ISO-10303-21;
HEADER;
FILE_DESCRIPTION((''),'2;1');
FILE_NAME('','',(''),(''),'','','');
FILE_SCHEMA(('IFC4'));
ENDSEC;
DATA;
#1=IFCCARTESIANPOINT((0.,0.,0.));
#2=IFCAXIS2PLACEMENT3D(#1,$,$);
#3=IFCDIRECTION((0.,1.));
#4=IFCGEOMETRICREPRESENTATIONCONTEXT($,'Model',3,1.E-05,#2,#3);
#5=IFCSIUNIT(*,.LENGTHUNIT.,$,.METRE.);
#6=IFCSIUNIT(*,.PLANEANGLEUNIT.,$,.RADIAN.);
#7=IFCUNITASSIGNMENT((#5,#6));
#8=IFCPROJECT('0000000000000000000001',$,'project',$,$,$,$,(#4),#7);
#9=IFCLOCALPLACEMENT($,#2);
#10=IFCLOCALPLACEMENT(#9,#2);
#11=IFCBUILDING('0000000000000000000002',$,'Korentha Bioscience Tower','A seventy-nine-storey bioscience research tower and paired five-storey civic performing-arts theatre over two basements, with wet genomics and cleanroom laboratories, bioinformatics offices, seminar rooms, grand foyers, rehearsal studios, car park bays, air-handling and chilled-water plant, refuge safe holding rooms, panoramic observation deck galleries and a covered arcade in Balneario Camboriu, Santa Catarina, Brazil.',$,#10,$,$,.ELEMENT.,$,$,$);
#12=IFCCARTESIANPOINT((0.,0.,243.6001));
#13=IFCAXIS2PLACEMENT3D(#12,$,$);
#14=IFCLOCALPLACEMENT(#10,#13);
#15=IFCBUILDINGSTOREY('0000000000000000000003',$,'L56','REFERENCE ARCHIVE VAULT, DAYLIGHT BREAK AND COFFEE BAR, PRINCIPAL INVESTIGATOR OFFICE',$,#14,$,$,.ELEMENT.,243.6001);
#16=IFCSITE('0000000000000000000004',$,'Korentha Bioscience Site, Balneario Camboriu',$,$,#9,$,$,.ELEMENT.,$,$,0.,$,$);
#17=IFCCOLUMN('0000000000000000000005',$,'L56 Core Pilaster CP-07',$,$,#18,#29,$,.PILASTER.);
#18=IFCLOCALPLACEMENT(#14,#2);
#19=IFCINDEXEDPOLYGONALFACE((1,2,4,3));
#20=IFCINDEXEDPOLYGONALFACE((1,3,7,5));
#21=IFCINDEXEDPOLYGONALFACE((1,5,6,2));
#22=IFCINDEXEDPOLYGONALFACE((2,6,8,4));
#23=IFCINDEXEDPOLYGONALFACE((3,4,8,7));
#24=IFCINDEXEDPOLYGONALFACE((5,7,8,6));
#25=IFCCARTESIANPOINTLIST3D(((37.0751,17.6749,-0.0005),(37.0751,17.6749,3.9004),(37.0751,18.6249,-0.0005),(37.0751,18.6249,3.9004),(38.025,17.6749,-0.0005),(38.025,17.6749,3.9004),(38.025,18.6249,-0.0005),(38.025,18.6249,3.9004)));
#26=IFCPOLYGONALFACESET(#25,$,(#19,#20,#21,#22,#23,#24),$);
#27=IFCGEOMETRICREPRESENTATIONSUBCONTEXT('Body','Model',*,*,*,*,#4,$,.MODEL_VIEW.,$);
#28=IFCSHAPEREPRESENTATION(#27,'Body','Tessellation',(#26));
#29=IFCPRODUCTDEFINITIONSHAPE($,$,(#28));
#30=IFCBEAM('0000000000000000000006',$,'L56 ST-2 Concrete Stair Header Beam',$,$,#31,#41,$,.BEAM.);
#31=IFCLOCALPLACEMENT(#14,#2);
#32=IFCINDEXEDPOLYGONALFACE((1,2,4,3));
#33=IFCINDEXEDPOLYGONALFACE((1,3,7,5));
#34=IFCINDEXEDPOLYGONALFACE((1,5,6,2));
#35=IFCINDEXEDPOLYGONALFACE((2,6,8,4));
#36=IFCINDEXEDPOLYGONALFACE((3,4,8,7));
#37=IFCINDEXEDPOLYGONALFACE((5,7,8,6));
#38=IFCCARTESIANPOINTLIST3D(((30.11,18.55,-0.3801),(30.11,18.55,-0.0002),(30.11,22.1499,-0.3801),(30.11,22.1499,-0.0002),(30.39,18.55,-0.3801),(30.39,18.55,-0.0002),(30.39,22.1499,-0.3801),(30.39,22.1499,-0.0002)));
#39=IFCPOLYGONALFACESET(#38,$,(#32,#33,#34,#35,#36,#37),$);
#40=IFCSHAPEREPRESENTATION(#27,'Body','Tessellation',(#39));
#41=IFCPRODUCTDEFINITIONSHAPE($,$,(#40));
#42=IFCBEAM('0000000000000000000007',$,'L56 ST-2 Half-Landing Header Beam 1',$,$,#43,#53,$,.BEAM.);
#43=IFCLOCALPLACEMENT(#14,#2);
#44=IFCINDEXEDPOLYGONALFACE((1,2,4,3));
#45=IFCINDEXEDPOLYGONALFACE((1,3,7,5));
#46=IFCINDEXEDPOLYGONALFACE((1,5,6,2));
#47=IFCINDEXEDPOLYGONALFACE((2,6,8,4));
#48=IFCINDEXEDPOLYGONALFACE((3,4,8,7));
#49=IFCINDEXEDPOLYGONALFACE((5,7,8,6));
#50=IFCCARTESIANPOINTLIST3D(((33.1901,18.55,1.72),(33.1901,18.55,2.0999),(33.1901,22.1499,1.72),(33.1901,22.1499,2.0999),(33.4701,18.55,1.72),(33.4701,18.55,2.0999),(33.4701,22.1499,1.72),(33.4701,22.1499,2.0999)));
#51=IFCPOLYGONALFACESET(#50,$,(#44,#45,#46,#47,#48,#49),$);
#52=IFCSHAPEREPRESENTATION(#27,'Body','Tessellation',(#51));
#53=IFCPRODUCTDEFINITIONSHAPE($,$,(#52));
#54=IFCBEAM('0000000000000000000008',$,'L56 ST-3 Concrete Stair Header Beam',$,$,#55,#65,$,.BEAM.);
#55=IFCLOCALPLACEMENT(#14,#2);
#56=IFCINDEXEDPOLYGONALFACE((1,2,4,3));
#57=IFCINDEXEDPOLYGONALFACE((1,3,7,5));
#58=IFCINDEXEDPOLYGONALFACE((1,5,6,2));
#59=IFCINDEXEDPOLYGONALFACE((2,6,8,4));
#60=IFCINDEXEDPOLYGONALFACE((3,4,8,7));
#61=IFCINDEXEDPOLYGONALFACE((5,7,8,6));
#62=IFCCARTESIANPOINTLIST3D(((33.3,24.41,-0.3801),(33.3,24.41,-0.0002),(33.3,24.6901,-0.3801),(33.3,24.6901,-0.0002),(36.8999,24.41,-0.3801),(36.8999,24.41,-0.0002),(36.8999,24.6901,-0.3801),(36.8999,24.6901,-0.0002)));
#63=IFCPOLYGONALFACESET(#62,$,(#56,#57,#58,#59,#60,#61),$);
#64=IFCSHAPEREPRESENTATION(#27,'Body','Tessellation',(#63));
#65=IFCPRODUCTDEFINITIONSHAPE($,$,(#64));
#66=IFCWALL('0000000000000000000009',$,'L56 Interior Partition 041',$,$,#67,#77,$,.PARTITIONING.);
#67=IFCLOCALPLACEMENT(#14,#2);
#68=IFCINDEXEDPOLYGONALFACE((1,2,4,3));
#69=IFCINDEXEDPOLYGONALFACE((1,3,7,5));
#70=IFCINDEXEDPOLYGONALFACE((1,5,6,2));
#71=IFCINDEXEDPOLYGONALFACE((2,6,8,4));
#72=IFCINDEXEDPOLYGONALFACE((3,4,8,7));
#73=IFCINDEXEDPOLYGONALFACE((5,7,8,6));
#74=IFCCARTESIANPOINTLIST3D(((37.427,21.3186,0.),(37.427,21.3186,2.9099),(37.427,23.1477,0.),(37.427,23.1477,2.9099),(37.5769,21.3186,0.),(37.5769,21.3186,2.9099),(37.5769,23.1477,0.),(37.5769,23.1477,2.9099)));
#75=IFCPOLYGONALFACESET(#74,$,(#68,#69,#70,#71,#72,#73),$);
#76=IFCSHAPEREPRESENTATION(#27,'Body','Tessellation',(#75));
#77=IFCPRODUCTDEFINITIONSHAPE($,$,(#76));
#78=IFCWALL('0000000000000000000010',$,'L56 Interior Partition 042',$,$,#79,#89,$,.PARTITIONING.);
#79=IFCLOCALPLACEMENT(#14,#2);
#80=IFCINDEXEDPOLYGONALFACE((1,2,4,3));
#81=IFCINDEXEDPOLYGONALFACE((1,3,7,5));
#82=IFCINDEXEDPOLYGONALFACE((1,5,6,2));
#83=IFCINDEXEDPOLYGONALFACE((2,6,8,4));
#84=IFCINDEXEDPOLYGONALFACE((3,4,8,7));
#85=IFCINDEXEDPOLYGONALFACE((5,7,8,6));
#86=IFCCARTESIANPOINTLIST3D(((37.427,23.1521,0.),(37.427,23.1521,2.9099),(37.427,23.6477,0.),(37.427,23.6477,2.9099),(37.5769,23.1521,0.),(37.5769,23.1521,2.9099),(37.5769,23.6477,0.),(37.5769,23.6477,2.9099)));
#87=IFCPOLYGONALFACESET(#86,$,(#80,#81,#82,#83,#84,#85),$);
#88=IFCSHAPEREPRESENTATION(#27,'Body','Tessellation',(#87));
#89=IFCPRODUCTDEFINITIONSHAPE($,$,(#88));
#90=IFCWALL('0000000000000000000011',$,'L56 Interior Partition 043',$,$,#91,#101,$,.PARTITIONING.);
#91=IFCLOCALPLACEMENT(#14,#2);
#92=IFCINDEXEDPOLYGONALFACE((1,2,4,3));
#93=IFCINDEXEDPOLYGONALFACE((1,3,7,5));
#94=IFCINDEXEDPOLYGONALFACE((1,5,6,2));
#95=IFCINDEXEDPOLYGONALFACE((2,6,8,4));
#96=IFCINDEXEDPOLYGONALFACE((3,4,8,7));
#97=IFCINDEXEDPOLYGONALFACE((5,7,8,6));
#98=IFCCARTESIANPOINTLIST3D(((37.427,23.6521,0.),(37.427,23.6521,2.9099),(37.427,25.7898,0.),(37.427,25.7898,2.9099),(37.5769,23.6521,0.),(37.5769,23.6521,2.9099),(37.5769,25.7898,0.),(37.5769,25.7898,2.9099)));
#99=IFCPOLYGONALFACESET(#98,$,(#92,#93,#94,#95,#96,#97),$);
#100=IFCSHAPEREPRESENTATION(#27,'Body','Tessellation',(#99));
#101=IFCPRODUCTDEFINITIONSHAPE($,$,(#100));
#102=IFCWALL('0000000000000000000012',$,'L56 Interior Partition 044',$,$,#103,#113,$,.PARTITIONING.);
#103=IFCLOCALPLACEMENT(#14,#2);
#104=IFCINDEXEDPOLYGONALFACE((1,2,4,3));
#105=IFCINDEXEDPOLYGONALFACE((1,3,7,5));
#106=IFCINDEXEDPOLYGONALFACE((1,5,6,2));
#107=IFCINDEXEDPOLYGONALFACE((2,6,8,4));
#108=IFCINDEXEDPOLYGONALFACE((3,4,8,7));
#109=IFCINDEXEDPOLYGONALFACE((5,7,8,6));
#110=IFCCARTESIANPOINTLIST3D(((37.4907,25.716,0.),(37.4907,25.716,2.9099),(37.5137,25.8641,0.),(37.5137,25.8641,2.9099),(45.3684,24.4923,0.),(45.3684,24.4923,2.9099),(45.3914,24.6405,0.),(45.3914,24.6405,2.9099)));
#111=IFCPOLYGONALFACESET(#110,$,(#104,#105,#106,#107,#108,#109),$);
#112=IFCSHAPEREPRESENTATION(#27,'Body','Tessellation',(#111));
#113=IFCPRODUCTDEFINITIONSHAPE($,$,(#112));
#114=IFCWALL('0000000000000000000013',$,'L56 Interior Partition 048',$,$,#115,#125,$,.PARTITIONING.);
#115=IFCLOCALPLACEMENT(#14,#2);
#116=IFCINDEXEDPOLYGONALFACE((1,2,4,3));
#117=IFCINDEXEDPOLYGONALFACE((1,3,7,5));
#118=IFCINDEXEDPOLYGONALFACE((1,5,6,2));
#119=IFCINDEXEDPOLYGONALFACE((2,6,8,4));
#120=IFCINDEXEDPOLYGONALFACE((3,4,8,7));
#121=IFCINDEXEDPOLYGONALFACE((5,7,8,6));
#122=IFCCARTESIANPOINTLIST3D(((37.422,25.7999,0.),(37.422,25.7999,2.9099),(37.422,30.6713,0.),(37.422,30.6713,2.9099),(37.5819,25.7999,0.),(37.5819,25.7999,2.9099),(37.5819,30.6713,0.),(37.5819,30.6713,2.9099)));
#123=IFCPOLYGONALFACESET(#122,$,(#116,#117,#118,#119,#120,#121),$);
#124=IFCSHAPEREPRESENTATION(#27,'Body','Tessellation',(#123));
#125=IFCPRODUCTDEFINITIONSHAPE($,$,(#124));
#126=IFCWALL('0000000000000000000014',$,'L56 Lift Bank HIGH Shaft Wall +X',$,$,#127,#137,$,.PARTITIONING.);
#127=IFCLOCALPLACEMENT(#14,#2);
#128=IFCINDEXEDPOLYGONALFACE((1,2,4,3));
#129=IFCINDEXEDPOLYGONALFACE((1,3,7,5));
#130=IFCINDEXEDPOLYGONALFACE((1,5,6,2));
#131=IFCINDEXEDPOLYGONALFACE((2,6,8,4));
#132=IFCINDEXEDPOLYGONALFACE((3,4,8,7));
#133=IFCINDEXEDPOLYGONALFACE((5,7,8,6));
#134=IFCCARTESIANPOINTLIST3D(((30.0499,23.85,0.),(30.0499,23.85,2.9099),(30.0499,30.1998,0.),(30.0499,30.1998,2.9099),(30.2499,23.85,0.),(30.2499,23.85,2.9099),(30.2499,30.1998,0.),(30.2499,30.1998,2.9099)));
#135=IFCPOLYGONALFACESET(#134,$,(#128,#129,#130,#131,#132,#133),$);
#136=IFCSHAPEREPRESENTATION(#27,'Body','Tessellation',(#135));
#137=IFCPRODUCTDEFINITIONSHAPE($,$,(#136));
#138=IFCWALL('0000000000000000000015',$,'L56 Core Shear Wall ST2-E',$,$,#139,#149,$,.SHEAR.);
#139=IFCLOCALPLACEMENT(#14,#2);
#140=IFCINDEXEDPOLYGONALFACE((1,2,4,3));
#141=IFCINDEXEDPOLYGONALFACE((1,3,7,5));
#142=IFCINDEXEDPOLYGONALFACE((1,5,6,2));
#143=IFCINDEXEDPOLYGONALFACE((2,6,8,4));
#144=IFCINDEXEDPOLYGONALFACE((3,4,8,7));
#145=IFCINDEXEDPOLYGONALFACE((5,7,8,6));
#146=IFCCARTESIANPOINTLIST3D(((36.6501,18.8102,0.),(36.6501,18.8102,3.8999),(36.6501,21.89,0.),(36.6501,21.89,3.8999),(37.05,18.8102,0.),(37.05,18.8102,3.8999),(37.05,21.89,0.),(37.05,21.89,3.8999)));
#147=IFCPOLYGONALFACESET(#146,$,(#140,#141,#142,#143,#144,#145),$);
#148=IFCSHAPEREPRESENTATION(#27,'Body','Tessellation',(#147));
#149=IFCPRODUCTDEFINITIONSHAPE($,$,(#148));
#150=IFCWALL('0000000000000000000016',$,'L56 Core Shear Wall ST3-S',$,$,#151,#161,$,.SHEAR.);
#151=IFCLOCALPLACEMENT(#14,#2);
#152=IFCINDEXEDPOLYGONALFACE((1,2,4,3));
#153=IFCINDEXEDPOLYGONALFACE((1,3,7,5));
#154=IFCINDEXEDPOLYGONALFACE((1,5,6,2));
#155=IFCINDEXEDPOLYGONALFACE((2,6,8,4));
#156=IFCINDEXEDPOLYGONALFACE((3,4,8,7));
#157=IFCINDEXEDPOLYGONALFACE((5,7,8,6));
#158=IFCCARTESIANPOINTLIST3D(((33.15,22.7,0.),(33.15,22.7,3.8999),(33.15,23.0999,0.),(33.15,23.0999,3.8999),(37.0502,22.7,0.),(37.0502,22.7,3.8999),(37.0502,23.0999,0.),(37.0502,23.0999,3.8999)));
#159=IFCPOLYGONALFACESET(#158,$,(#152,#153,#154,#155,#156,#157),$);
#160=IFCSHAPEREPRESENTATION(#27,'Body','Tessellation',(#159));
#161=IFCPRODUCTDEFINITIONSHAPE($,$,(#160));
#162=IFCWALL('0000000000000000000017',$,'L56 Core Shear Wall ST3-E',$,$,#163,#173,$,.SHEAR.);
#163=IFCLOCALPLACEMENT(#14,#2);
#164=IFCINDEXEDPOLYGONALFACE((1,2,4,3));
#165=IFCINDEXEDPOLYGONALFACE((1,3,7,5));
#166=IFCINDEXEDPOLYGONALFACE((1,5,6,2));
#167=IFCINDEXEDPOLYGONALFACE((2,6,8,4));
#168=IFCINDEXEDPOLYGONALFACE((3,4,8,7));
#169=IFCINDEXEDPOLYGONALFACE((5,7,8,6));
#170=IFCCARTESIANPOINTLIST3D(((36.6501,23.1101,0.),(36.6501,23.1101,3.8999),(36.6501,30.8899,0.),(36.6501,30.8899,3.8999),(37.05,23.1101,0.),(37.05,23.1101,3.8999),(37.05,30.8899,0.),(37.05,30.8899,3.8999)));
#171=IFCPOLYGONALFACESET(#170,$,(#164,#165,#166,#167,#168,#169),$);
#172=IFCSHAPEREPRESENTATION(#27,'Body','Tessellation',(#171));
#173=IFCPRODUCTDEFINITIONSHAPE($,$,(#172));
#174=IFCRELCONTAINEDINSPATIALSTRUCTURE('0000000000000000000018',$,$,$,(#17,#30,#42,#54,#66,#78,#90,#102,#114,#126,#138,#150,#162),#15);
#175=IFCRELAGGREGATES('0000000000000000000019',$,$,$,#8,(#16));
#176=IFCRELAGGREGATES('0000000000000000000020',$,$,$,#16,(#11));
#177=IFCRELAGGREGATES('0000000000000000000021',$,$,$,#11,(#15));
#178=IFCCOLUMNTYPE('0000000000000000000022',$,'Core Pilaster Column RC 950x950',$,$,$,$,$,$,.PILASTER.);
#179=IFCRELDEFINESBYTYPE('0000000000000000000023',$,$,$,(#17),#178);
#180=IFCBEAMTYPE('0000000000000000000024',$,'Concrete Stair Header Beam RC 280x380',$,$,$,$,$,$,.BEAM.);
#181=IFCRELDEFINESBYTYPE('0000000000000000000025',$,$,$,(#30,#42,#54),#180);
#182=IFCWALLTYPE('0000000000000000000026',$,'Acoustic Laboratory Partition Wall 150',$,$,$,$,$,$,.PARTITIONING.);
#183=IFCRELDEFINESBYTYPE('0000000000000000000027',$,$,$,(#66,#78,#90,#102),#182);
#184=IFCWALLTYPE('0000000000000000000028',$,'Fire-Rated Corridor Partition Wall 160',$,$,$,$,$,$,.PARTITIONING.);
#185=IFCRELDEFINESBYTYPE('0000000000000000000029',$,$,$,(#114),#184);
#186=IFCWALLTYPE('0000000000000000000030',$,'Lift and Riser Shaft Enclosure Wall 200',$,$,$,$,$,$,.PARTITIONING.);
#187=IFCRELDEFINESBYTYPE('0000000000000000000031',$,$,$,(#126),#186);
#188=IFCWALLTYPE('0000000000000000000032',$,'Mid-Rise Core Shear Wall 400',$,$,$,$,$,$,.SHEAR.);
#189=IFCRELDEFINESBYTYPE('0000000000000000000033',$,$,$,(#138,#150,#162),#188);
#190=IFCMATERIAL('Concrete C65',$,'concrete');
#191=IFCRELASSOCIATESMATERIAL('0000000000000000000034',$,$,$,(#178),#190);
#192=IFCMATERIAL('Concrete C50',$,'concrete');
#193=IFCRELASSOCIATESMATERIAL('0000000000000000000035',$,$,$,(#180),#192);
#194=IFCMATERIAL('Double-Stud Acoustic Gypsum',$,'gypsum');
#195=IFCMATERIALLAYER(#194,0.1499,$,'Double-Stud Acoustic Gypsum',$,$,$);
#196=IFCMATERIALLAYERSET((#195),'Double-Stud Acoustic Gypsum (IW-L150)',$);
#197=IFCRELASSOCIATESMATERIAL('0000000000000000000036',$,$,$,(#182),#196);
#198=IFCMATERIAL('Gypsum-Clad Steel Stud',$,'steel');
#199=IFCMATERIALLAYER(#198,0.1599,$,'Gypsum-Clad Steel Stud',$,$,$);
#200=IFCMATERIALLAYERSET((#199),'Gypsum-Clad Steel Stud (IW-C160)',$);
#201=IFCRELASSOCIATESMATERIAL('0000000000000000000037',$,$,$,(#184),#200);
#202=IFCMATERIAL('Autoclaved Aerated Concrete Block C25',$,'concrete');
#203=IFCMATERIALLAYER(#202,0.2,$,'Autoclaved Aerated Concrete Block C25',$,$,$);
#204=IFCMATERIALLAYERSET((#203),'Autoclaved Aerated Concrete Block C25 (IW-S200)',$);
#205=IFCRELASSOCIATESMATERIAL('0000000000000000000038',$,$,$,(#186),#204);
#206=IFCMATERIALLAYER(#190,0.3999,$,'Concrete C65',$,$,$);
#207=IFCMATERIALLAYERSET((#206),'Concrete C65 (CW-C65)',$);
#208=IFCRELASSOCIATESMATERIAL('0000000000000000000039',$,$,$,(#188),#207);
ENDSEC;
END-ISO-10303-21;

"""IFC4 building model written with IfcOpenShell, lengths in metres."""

from ifc_helpers import new_model, si_unit, direction, frame, frame_2d, origin, origin_2d, place, context, subcontext, project, spatial, rectangle, extrude, material, layer, layer_set, material_profile, profile_set, type_object, element, save


model = new_model("IFC4")

# Units and contexts
model_context = context("Model", 3, precision=1e-05, world=origin(), true_north=direction((0.0, 1.0)))
body_context = subcontext(model_context, "Body", "Model", "MODEL_VIEW")
ifc_project = project(units=[si_unit("LENGTHUNIT", "METRE"), si_unit("PLANEANGLEUNIT", "RADIAN")], contexts=[model_context])

# Site, building, storey
site_placement = place(None, origin())
site = spatial("IfcSite", under=ifc_project, at=site_placement, Name="Korentha Bioscience Site, Balneario Camboriu", CompositionType="ELEMENT", RefElevation=0.0)
building_placement = place(site_placement, origin())
building = spatial("IfcBuilding", under=site, at=building_placement, Name="Korentha Bioscience Tower", Description="A seventy-nine-storey bioscience research tower and paired five-storey civic performing-arts theatre over two basements, with wet genomics and cleanroom laboratories, bioinformatics offices, seminar rooms, grand foyers, rehearsal studios, car park bays, air-handling and chilled-water plant, refuge safe holding rooms, panoramic observation deck galleries and a covered arcade in Balneario Camboriu, Santa Catarina, Brazil.", CompositionType="ELEMENT")
storey_placement = place(building_placement, frame((0.0, 0.0, 243.6001)))
storey = spatial("IfcBuildingStorey", under=building, at=storey_placement, Name="L56", Description="REFERENCE ARCHIVE VAULT, DAYLIGHT BREAK AND COFFEE BAR, PRINCIPAL INVESTIGATOR OFFICE", CompositionType="ELEMENT", Elevation=243.6001)

# Column
ifc_material_1 = material(Name="Concrete C65", Category="concrete")
ifc_material_profile_1 = material_profile(ifc_material_1, rectangle(XDim=0.95, YDim=0.95, at=origin_2d()), Name="Concrete C65")
ifc_profile_set_1 = profile_set([ifc_material_profile_1], Name="Concrete C65 (COL-CP09)")
column_type = type_object("IfcColumnType", Name="Core Pilaster Column RC 950x950", PredefinedType="PILASTER", material=ifc_profile_set_1)
column_placement = place(storey_placement, frame((37.55, 18.1499, -0.0005), z_axis=(0.0, 0.0, 1.0), x_axis=(1.0, 0.0, 0.0)))
element("IfcColumn", 1, at=column_placement, inside=storey, type_object=column_type, Name="L56 Core Pilaster CP-07", PredefinedType="PILASTER", context=body_context, shape_type="SweptSolid", body=[
    extrude(rectangle(XDim=0.95, YDim=0.95, at=origin_2d()), origin(), (0.0, 0.0, 1.0), 3.9009),
])

# Beams
ifc_material_2 = material(Name="Concrete C50", Category="concrete")
ifc_material_profile_2 = material_profile(ifc_material_2, rectangle(XDim=0.28, YDim=0.3799, at=origin_2d()), Name="Concrete C50")
ifc_profile_set_2 = profile_set([ifc_material_profile_2], Name="Concrete C50 (ST-HB380)")
beam_type = type_object("IfcBeamType", Name="Concrete Stair Header Beam RC 280x380", PredefinedType="BEAM", material=ifc_profile_set_2)
for number, where, z_axis, x_axis, name in (
    (2, (30.25, 18.55, -0.1902), (0.0, 1.0, 0.0), (-1.0, 0.0, 0.0), "L56 ST-2 Concrete Stair Header Beam"),
    (3, (33.3301, 18.55, 1.9099), (0.0, 1.0, 0.0), (-1.0, 0.0, 0.0), "L56 ST-2 Half-Landing Header Beam 1"),
    (4, (36.8999, 24.55, -0.1902), (-1.0, 0.0, 0.0), (0.0, -1.0, 0.0), "L56 ST-3 Concrete Stair Header Beam"),
):
    element("IfcBeam", number, at=place(storey_placement, frame(where, z_axis=z_axis, x_axis=x_axis)), inside=storey, type_object=beam_type, Name=name, PredefinedType="BEAM", context=body_context, shape_type="SweptSolid", body=[
        extrude(rectangle(XDim=0.28, YDim=0.3799, at=origin_2d()), origin(), (0.0, 0.0, 1.0), 3.5999),
    ])

# Walls
ifc_material_3 = material(Name="Double-Stud Acoustic Gypsum", Category="gypsum")
ifc_layer_1 = layer(ifc_material_3, 0.1499, Name="Double-Stud Acoustic Gypsum")
ifc_layer_set_1 = layer_set([ifc_layer_1], Name="Double-Stud Acoustic Gypsum (IW-L150)")
wall_type_1 = type_object("IfcWallType", Name="Acoustic Laboratory Partition Wall 150", PredefinedType="PARTITIONING", material=ifc_layer_set_1)
wall_1_placement = place(storey_placement, frame((37.502, 21.3186, 0.0), z_axis=(0.0, 0.0, 1.0), x_axis=(0.0, 1.0, 0.0)))
element("IfcWall", 5, at=wall_1_placement, inside=storey, type_object=wall_type_1, Name="L56 Interior Partition 041", PredefinedType="PARTITIONING", context=body_context, shape_type="SweptSolid", body=[
    extrude(rectangle(XDim=1.8291, YDim=0.1499, at=frame_2d((0.9146, 0.0))), origin(), (0.0, 0.0, 1.0), 2.9099),
])
wall_2_placement = place(storey_placement, frame((37.502, 23.1521, 0.0), z_axis=(0.0, 0.0, 1.0), x_axis=(0.0, 1.0, 0.0)))
element("IfcWall", 6, at=wall_2_placement, inside=storey, type_object=wall_type_1, Name="L56 Interior Partition 042", PredefinedType="PARTITIONING", context=body_context, shape_type="SweptSolid", body=[
    extrude(rectangle(XDim=0.4956, YDim=0.1499, at=frame_2d((0.2478, 0.0))), origin(), (0.0, 0.0, 1.0), 2.9099),
])
wall_3_placement = place(storey_placement, frame((37.502, 23.6521, 0.0), z_axis=(0.0, 0.0, 1.0), x_axis=(0.0, 1.0, 0.0)))
element("IfcWall", 7, at=wall_3_placement, inside=storey, type_object=wall_type_1, Name="L56 Interior Partition 043", PredefinedType="PARTITIONING", context=body_context, shape_type="SweptSolid", body=[
    extrude(rectangle(XDim=2.1377, YDim=0.1499, at=frame_2d((1.0688, 0.0))), origin(), (0.0, 0.0, 1.0), 2.9099),
])
wall_4_placement = place(storey_placement, frame((37.5022, 25.79, 0.0), z_axis=(0.0, 0.0, 1.0), x_axis=(0.98815, -0.153488, 0.0)))
element("IfcWall", 8, at=wall_4_placement, inside=storey, type_object=wall_type_1, Name="L56 Interior Partition 044", PredefinedType="PARTITIONING", context=body_context, shape_type="SweptSolid", body=[
    extrude(rectangle(XDim=7.9722, YDim=0.1499, at=frame_2d((3.9861, 0.0))), origin(), (0.0, 0.0, 1.0), 2.9099),
])
ifc_material_4 = material(Name="Gypsum-Clad Steel Stud", Category="steel")
ifc_layer_2 = layer(ifc_material_4, 0.1599, Name="Gypsum-Clad Steel Stud")
ifc_layer_set_2 = layer_set([ifc_layer_2], Name="Gypsum-Clad Steel Stud (IW-C160)")
wall_type_2 = type_object("IfcWallType", Name="Fire-Rated Corridor Partition Wall 160", PredefinedType="PARTITIONING", material=ifc_layer_set_2)
wall_5_placement = place(storey_placement, frame((37.502, 25.8, 0.0), z_axis=(0.0, 0.0, 1.0), x_axis=(0.0, 1.0, 0.0)))
element("IfcWall", 9, at=wall_5_placement, inside=storey, type_object=wall_type_2, Name="L56 Interior Partition 048", PredefinedType="PARTITIONING", context=body_context, shape_type="SweptSolid", body=[
    extrude(rectangle(XDim=4.8713, YDim=0.1599, at=frame_2d((2.4355, 0.0))), origin(), (0.0, 0.0, 1.0), 2.9099),
])
ifc_material_5 = material(Name="Autoclaved Aerated Concrete Block C25", Category="concrete")
ifc_layer_3 = layer(ifc_material_5, 0.2, Name="Autoclaved Aerated Concrete Block C25")
ifc_layer_set_3 = layer_set([ifc_layer_3], Name="Autoclaved Aerated Concrete Block C25 (IW-S200)")
wall_type_3 = type_object("IfcWallType", Name="Lift and Riser Shaft Enclosure Wall 200", PredefinedType="PARTITIONING", material=ifc_layer_set_3)
wall_6_placement = place(storey_placement, frame((30.1499, 23.8501, 0.0), z_axis=(0.0, 0.0, 1.0), x_axis=(0.0, 1.0, 0.0)))
element("IfcWall", 10, at=wall_6_placement, inside=storey, type_object=wall_type_3, Name="L56 Lift Bank HIGH Shaft Wall +X", PredefinedType="PARTITIONING", context=body_context, shape_type="SweptSolid", body=[
    extrude(rectangle(XDim=6.3499, YDim=0.2, at=frame_2d((3.1748, 0.0))), origin(), (0.0, 0.0, 1.0), 2.9099),
])
ifc_layer_4 = layer(ifc_material_1, 0.3999, Name="Concrete C65")
ifc_layer_set_4 = layer_set([ifc_layer_4], Name="Concrete C65 (CW-C65)")
wall_type_4 = type_object("IfcWallType", Name="Mid-Rise Core Shear Wall 400", PredefinedType="SHEAR", material=ifc_layer_set_4)
wall_7_placement = place(storey_placement, frame((36.8501, 18.8101, 0.0), z_axis=(0.0, 0.0, 1.0), x_axis=(0.0, 1.0, 0.0)))
element("IfcWall", 11, at=wall_7_placement, inside=storey, type_object=wall_type_4, Name="L56 Core Shear Wall ST2-E", PredefinedType="SHEAR", context=body_context, shape_type="SweptSolid", body=[
    extrude(rectangle(XDim=3.0798, YDim=0.3999, at=frame_2d((1.54, 0.0))), origin(), (0.0, 0.0, 1.0), 3.8999),
])
wall_8_placement = place(storey_placement, frame((33.1499, 22.8999, 0.0), z_axis=(0.0, 0.0, 1.0), x_axis=(1.0, 0.0, 0.0)))
element("IfcWall", 12, at=wall_8_placement, inside=storey, type_object=wall_type_4, Name="L56 Core Shear Wall ST3-S", PredefinedType="SHEAR", context=body_context, shape_type="SweptSolid", body=[
    extrude(rectangle(XDim=3.9001, YDim=0.3999, at=frame_2d((1.9502, 0.0))), origin(), (0.0, 0.0, 1.0), 3.8999),
])
wall_9_placement = place(storey_placement, frame((36.8501, 23.1101, 0.0), z_axis=(0.0, 0.0, 1.0), x_axis=(0.0, 1.0, 0.0)))
element("IfcWall", 13, at=wall_9_placement, inside=storey, type_object=wall_type_4, Name="L56 Core Shear Wall ST3-E", PredefinedType="SHEAR", context=body_context, shape_type="SweptSolid", body=[
    extrude(rectangle(XDim=7.7798, YDim=0.3999, at=frame_2d((3.8899, 0.0))), origin(), (0.0, 0.0, 1.0), 3.8999),
])

save(model, "model.ifc")
